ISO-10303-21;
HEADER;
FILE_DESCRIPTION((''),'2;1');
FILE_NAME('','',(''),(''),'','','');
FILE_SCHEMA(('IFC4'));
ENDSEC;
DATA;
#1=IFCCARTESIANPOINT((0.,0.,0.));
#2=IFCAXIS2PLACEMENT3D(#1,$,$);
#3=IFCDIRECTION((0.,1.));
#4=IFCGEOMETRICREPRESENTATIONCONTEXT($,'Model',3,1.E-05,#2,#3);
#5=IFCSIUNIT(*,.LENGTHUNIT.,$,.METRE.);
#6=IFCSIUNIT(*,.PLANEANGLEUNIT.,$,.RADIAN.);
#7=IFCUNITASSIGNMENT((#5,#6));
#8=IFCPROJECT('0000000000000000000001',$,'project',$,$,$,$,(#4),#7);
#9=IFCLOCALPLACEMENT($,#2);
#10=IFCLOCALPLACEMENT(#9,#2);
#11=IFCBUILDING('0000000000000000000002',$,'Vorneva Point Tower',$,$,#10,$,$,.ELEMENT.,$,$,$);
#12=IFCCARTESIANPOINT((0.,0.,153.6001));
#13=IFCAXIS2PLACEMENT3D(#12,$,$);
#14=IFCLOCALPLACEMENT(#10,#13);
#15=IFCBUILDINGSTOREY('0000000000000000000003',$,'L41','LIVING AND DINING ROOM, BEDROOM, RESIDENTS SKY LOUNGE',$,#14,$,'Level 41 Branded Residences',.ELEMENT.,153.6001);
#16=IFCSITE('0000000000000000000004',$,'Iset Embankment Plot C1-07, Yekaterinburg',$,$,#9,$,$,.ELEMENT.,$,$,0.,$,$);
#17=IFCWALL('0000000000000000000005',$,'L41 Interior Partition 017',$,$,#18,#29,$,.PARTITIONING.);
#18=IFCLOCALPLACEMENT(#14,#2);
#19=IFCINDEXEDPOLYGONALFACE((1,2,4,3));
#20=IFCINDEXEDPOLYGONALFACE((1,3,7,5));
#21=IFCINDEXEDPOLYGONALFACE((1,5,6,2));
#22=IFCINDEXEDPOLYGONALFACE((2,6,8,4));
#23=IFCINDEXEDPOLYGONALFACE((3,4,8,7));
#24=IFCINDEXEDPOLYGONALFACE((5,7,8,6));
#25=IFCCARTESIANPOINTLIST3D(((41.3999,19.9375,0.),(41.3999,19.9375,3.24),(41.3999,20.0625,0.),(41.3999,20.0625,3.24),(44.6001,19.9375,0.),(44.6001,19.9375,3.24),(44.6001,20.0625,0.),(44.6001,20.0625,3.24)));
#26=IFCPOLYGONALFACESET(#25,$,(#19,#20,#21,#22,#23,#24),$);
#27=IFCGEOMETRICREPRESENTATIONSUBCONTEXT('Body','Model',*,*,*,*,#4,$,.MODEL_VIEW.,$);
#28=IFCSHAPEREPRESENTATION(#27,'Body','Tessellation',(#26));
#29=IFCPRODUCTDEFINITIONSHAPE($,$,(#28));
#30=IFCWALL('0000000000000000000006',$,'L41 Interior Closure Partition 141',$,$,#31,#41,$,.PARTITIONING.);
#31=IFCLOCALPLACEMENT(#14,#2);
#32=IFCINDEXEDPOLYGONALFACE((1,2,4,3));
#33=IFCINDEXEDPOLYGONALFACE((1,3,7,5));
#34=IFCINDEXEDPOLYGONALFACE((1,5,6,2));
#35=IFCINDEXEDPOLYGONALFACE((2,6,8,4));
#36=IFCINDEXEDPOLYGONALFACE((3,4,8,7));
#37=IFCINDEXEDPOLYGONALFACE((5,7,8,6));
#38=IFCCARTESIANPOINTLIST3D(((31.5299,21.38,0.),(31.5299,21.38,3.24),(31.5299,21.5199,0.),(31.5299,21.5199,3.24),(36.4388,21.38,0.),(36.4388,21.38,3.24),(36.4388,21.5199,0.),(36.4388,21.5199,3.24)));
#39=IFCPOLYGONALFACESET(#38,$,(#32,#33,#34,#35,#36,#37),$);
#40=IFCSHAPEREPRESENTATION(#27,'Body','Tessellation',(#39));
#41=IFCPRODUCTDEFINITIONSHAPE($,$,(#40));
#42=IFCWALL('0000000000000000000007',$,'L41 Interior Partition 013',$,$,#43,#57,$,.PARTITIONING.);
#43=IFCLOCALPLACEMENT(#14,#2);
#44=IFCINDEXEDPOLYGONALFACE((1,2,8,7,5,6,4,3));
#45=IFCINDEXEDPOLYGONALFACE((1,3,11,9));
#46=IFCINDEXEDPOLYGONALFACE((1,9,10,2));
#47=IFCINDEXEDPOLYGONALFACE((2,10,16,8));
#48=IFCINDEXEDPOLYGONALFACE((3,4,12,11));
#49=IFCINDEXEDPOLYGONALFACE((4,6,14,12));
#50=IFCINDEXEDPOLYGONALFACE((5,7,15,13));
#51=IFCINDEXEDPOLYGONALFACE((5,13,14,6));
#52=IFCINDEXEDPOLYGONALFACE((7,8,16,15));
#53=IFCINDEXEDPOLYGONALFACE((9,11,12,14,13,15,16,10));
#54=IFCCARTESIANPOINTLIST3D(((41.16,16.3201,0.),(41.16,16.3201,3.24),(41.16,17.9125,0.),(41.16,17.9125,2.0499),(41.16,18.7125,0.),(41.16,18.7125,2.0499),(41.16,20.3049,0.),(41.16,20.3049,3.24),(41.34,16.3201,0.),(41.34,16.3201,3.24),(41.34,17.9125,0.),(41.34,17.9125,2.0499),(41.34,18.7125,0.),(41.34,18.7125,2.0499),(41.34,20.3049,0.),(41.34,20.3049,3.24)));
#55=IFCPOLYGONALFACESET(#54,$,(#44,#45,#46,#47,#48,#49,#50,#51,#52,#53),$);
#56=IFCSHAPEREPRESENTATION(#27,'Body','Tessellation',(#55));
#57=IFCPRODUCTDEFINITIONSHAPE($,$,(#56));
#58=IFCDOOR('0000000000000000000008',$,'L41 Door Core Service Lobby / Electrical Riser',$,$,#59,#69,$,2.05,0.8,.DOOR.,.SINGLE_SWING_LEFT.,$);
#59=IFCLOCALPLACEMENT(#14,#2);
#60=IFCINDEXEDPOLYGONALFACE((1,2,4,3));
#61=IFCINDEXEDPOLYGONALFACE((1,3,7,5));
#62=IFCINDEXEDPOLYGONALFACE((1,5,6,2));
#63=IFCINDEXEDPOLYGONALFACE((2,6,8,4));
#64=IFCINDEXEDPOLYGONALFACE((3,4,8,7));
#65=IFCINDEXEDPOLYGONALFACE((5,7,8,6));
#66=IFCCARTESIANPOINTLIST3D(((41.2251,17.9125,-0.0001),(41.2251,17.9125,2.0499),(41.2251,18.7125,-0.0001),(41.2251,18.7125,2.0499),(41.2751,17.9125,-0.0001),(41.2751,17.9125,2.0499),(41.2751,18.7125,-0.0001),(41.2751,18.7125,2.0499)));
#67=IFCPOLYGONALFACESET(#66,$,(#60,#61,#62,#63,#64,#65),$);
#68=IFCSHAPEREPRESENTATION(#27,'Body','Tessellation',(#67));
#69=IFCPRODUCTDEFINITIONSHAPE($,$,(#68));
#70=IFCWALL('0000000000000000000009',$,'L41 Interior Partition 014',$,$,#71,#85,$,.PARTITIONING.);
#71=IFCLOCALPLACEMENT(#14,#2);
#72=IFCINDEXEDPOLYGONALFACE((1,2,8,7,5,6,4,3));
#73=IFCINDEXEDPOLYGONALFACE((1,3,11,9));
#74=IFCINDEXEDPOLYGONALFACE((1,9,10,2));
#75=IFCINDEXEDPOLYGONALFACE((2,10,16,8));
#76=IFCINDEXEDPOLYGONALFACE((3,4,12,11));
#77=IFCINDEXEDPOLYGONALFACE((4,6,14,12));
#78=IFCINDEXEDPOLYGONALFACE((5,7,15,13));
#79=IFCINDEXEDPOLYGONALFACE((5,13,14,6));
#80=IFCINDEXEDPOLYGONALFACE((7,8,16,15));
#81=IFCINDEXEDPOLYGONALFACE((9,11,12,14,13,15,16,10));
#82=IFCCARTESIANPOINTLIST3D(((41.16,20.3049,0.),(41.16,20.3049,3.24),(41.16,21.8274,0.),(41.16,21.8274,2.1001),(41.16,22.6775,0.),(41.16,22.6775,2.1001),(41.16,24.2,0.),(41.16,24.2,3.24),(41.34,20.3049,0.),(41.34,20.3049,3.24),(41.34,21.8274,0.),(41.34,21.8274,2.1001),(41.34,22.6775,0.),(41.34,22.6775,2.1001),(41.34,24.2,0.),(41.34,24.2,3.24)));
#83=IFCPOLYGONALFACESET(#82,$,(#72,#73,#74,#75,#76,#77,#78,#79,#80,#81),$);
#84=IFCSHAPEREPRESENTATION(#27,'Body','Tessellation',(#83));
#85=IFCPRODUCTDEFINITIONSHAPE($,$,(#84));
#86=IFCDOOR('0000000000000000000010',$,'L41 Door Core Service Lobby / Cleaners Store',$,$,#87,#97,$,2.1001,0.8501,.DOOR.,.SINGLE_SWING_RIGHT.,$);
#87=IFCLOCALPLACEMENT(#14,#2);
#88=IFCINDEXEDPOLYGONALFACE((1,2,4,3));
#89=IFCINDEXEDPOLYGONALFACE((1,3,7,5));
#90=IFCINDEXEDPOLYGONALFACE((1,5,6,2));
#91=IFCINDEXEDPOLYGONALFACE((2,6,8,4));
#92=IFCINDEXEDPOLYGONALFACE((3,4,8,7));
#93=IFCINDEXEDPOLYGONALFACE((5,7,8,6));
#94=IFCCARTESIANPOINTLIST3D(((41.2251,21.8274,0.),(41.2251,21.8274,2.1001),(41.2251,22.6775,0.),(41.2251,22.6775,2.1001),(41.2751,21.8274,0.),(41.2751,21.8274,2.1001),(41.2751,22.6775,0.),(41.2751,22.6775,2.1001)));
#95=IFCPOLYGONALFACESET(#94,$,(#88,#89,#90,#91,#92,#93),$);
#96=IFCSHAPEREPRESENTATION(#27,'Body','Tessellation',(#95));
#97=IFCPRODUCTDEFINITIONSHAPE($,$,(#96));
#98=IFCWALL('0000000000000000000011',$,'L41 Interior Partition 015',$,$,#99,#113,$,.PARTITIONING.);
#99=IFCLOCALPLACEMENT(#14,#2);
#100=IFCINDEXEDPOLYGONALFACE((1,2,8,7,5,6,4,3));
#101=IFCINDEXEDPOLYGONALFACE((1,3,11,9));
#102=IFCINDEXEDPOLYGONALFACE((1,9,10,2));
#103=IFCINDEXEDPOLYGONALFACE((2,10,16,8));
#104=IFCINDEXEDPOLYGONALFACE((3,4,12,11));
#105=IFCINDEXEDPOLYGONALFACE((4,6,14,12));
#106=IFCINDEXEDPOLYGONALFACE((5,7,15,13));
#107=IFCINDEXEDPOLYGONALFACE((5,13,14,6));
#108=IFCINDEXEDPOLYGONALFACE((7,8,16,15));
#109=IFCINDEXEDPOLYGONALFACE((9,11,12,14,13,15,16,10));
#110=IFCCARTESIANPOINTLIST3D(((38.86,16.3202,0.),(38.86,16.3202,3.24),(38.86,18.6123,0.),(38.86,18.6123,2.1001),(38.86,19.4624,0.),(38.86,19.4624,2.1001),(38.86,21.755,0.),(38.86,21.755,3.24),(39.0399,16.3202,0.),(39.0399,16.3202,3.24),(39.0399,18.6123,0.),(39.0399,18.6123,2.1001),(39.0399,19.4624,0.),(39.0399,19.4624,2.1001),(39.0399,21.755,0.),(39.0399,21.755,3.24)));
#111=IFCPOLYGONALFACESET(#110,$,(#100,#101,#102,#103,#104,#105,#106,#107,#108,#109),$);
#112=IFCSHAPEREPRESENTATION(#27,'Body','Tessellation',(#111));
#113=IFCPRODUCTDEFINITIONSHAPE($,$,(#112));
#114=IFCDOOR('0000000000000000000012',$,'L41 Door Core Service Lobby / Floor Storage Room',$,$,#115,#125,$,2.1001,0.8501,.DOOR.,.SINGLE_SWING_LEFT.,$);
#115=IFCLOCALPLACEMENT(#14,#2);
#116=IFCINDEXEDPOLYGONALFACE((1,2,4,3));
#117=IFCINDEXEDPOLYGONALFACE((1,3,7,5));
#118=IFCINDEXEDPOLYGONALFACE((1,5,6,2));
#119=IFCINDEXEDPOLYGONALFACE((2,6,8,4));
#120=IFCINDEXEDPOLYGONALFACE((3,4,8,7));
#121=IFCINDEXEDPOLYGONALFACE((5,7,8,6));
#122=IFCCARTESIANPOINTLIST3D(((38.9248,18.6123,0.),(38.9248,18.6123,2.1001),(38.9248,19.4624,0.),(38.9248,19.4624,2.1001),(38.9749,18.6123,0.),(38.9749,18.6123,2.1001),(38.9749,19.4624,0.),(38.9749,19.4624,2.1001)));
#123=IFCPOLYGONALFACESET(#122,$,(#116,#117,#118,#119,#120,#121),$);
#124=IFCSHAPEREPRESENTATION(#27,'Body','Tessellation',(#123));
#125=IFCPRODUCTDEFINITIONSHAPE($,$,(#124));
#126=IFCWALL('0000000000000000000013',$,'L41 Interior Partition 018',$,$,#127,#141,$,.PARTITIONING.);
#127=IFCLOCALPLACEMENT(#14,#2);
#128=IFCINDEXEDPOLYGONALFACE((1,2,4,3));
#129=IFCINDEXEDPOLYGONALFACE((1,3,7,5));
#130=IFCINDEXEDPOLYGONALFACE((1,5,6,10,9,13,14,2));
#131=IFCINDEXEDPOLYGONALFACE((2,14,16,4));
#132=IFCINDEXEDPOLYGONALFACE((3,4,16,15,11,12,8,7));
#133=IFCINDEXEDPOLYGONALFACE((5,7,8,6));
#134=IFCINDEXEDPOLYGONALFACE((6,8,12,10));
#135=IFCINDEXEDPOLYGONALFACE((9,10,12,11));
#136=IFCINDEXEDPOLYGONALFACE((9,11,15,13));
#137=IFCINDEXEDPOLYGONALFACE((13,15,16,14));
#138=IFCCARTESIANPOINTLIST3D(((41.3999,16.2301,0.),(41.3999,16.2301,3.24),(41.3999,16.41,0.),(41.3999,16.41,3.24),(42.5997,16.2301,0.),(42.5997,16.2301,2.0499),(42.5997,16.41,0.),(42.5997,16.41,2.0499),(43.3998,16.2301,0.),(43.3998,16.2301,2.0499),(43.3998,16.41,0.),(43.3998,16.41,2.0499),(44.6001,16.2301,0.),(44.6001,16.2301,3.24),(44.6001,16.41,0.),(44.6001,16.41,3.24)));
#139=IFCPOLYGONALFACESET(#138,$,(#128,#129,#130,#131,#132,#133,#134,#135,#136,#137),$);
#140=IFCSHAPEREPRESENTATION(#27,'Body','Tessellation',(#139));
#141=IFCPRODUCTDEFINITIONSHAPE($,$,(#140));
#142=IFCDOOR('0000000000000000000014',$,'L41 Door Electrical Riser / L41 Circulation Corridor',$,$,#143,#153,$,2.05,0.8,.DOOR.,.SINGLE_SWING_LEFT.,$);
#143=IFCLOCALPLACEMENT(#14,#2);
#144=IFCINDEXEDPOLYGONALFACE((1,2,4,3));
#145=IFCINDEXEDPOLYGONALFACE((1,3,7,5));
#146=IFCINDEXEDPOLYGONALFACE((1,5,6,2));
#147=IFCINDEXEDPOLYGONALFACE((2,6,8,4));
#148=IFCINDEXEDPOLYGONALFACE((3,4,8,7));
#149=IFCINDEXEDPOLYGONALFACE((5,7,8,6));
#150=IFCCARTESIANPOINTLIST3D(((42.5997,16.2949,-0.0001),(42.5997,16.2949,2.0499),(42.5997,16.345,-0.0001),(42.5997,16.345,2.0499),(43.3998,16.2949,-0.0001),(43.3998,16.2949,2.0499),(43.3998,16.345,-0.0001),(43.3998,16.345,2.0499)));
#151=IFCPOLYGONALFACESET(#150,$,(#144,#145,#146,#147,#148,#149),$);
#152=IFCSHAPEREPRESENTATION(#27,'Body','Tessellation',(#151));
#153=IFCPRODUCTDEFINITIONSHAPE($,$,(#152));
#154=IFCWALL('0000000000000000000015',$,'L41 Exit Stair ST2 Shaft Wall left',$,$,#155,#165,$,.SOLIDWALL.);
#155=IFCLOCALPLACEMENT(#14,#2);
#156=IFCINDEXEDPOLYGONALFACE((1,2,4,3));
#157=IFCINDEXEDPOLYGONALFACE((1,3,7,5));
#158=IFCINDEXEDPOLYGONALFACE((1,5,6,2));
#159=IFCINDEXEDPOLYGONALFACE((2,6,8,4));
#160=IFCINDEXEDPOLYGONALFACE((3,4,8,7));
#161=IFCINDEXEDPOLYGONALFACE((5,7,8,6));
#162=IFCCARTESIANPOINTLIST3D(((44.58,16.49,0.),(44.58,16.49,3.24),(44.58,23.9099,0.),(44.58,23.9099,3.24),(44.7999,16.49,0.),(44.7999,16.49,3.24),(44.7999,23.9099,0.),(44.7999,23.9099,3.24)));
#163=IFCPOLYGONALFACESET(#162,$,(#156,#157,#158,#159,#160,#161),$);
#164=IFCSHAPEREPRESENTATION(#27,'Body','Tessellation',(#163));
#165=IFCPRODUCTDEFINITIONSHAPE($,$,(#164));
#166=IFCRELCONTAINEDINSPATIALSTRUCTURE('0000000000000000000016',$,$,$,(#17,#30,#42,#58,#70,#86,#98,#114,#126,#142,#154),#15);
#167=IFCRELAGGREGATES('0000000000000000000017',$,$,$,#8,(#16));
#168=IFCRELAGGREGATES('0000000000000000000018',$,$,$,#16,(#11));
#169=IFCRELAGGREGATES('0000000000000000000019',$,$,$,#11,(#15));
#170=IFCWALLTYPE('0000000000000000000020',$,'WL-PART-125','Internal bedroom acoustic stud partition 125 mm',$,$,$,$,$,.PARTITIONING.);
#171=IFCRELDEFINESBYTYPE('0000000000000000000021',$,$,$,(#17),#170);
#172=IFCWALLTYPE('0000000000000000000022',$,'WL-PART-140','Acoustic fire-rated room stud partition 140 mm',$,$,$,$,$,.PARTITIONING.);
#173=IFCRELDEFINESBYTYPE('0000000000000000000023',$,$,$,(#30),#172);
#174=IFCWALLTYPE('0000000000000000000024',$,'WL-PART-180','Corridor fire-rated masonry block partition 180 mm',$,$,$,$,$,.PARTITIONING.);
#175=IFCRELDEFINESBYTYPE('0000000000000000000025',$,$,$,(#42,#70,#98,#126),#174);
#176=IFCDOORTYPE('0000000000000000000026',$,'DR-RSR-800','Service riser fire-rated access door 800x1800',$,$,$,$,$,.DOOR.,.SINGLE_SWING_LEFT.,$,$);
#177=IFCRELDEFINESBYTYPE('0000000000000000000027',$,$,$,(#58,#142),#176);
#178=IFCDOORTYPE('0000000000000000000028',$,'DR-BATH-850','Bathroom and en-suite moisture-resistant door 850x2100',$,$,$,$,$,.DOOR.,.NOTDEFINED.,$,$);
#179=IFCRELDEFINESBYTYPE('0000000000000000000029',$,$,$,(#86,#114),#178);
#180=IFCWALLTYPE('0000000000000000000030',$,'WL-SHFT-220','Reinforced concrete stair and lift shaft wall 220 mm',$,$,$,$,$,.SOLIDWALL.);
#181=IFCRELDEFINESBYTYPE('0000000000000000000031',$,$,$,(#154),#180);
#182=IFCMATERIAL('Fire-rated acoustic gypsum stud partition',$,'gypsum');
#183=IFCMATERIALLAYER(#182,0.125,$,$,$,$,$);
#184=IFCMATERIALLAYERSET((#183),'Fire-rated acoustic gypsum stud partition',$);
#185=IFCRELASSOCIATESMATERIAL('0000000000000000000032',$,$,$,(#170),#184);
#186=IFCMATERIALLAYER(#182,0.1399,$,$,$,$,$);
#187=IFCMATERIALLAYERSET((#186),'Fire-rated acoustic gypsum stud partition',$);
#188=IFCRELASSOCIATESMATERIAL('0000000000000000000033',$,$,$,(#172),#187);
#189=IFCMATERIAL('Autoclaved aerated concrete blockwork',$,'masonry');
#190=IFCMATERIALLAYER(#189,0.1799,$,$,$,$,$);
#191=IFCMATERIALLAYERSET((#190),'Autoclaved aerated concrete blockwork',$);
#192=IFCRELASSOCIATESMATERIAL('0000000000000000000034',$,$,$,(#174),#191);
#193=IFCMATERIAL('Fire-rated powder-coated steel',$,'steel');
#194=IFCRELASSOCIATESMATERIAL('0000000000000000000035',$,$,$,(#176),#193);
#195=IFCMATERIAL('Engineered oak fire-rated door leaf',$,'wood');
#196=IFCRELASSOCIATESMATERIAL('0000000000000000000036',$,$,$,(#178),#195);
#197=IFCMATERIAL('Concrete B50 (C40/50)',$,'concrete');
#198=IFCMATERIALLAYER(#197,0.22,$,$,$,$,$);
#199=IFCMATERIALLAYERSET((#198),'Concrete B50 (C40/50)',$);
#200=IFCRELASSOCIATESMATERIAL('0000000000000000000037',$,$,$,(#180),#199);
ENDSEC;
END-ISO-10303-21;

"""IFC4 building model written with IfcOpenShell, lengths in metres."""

from ifc_helpers import new_model, si_unit, direction, frame, frame_2d, origin, place, context, subcontext, project, spatial, rectangle, extrude, material, layer, layer_set, type_object, element, fill, save


model = new_model("IFC4")

# Units and contexts
model_context = context("Model", 3, precision=1e-05, world=origin(), true_north=direction((0.0, 1.0)))
body_context = subcontext(model_context, "Body", "Model", "MODEL_VIEW")
ifc_project = project(units=[si_unit("LENGTHUNIT", "METRE"), si_unit("PLANEANGLEUNIT", "RADIAN")], contexts=[model_context])

# Site, building, storey
site_placement = place(None, origin())
site = spatial("IfcSite", under=ifc_project, at=site_placement, Name="Iset Embankment Plot C1-07, Yekaterinburg", CompositionType="ELEMENT", RefElevation=0.0)
building_placement = place(site_placement, origin())
building = spatial("IfcBuilding", under=site, at=building_placement, Name="Vorneva Point Tower", CompositionType="ELEMENT")
storey_placement = place(building_placement, frame((0.0, 0.0, 153.6001)))
storey = spatial("IfcBuildingStorey", under=building, at=storey_placement, Name="L41", Description="LIVING AND DINING ROOM, BEDROOM, RESIDENTS SKY LOUNGE", LongName="Level 41 Branded Residences", CompositionType="ELEMENT", Elevation=153.6001)

# Walls
ifc_material_1 = material(Name="Fire-rated acoustic gypsum stud partition", Category="gypsum")
ifc_layer_1 = layer(ifc_material_1, 0.125)
ifc_layer_set_1 = layer_set([ifc_layer_1], Name="Fire-rated acoustic gypsum stud partition")
wall_type_1 = type_object("IfcWallType", Name="WL-PART-125", Description="Internal bedroom acoustic stud partition 125 mm", PredefinedType="PARTITIONING", material=ifc_layer_set_1)
wall_1_placement = place(storey_placement, frame((44.6001, 20.0, 0.0), z_axis=(0.0, 0.0, 1.0), x_axis=(-1.0, 0.0, 0.0)))
element("IfcWall", 1, at=wall_1_placement, inside=storey, type_object=wall_type_1, Name="L41 Interior Partition 017", PredefinedType="PARTITIONING", context=body_context, shape_type="SweptSolid", body=[
    extrude(rectangle(XDim=3.2002, YDim=0.125, at=frame_2d((1.6001, 0.0))), origin(), (0.0, 0.0, 1.0), 3.24),
])
ifc_layer_2 = layer(ifc_material_1, 0.1399)
ifc_layer_set_2 = layer_set([ifc_layer_2], Name="Fire-rated acoustic gypsum stud partition")
wall_type_2 = type_object("IfcWallType", Name="WL-PART-140", Description="Acoustic fire-rated room stud partition 140 mm", PredefinedType="PARTITIONING", material=ifc_layer_set_2)
wall_2_placement = place(storey_placement, frame((36.439, 21.45, 0.0), z_axis=(0.0, 0.0, 1.0), x_axis=(-1.0, 0.0, 0.0)))
element("IfcWall", 2, at=wall_2_placement, inside=storey, type_object=wall_type_2, Name="L41 Interior Closure Partition 141", PredefinedType="PARTITIONING", context=body_context, shape_type="SweptSolid", body=[
    extrude(rectangle(XDim=4.9089, YDim=0.1399, at=frame_2d((2.4546, 0.0))), origin(), (0.0, 0.0, 1.0), 3.24),
])

# Walls, openings, doors
ifc_material_2 = material(Name="Autoclaved aerated concrete blockwork", Category="masonry")
ifc_layer_3 = layer(ifc_material_2, 0.1799)
ifc_layer_set_3 = layer_set([ifc_layer_3], Name="Autoclaved aerated concrete blockwork")
wall_type_3 = type_object("IfcWallType", Name="WL-PART-180", Description="Corridor fire-rated masonry block partition 180 mm", PredefinedType="PARTITIONING", material=ifc_layer_set_3)
wall_3_placement = place(storey_placement, frame((41.25, 16.3201, 0.0), z_axis=(0.0, 0.0, 1.0), x_axis=(0.0, 1.0, 0.0)))
wall_3 = element("IfcWall", 3, at=wall_3_placement, inside=storey, type_object=wall_type_3, Name="L41 Interior Partition 013", PredefinedType="PARTITIONING", context=body_context, shape_type="SweptSolid", body=[
    extrude(rectangle(XDim=3.9849, YDim=0.1799, at=frame_2d((1.9924, 0.0))), origin(), (0.0, 0.0, 1.0), 3.24),
])
opening_1_placement = place(wall_3_placement, frame((1.5925, 0.0, 0.0)))
opening_1 = element("IfcOpeningElement", 4, at=opening_1_placement, cuts=wall_3, PredefinedType="OPENING", context=body_context, shape_type="SweptSolid", body=[
    extrude(rectangle(XDim=0.8, YDim=2.05, at=frame_2d((0.3999, 1.0249))), frame((0.0, 0.105, 0.0), z_axis=(0.0, -1.0, 0.0), x_axis=(1.0, 0.0, 0.0)), (0.0, 0.0, 1.0), 0.2097),
])
ifc_material_3 = material(Name="Fire-rated powder-coated steel", Category="steel")
door_type_1 = type_object("IfcDoorType", Name="DR-RSR-800", Description="Service riser fire-rated access door 800x1800", OperationType="SINGLE_SWING_LEFT", PredefinedType="DOOR", material=ifc_material_3)
door_1_placement = place(opening_1_placement, origin())
door_1 = element("IfcDoor", 5, at=door_1_placement, inside=storey, type_object=door_type_1, Name="L41 Door Core Service Lobby / Electrical Riser", OperationType="SINGLE_SWING_LEFT", OverallHeight=2.05, OverallWidth=0.8, PredefinedType="DOOR", context=body_context, shape_type="SweptSolid", body=[
    extrude(rectangle(XDim=0.8, YDim=2.05, at=frame_2d((0.3999, 1.0249))), frame((0.0, 0.0249, 0.0), z_axis=(0.0, -1.0, 0.0), x_axis=(1.0, 0.0, 0.0)), (0.0, 0.0, 1.0), 0.05),
])
fill(opening_1, door_1)
wall_4_placement = place(storey_placement, frame((41.25, 20.3049, 0.0), z_axis=(0.0, 0.0, 1.0), x_axis=(0.0, 1.0, 0.0)))
wall_4 = element("IfcWall", 6, at=wall_4_placement, inside=storey, type_object=wall_type_3, Name="L41 Interior Partition 014", PredefinedType="PARTITIONING", context=body_context, shape_type="SweptSolid", body=[
    extrude(rectangle(XDim=3.895, YDim=0.1799, at=frame_2d((1.9475, 0.0))), origin(), (0.0, 0.0, 1.0), 3.24),
])
opening_2_placement = place(wall_4_placement, frame((1.5225, 0.0, 0.0)))
opening_2 = element("IfcOpeningElement", 7, at=opening_2_placement, cuts=wall_4, PredefinedType="OPENING", context=body_context, shape_type="SweptSolid", body=[
    extrude(rectangle(XDim=0.8501, YDim=2.1001, at=frame_2d((0.425, 1.05))), frame((0.0, 0.105, 0.0), z_axis=(0.0, -1.0, 0.0), x_axis=(1.0, 0.0, 0.0)), (0.0, 0.0, 1.0), 0.2097),
])
ifc_material_4 = material(Name="Engineered oak fire-rated door leaf", Category="wood")
door_type_2 = type_object("IfcDoorType", Name="DR-BATH-850", Description="Bathroom and en-suite moisture-resistant door 850x2100", OperationType="NOTDEFINED", PredefinedType="DOOR", material=ifc_material_4)
door_2_placement = place(opening_2_placement, origin())
door_2 = element("IfcDoor", 8, at=door_2_placement, inside=storey, type_object=door_type_2, Name="L41 Door Core Service Lobby / Cleaners Store", OperationType="SINGLE_SWING_RIGHT", OverallHeight=2.1001, OverallWidth=0.8501, PredefinedType="DOOR", context=body_context, shape_type="SweptSolid", body=[
    extrude(rectangle(XDim=0.8501, YDim=2.1001, at=frame_2d((0.425, 1.05))), frame((0.0, 0.0249, 0.0), z_axis=(0.0, -1.0, 0.0), x_axis=(1.0, 0.0, 0.0)), (0.0, 0.0, 1.0), 0.05),
])
fill(opening_2, door_2)
wall_5_placement = place(storey_placement, frame((38.95, 21.7549, 0.0), z_axis=(0.0, 0.0, 1.0), x_axis=(0.0, -1.0, 0.0)))
wall_5 = element("IfcWall", 9, at=wall_5_placement, inside=storey, type_object=wall_type_3, Name="L41 Interior Partition 015", PredefinedType="PARTITIONING", context=body_context, shape_type="SweptSolid", body=[
    extrude(rectangle(XDim=5.4348, YDim=0.1799, at=frame_2d((2.7173, 0.0))), origin(), (0.0, 0.0, 1.0), 3.24),
])
opening_3_placement = place(wall_5_placement, frame((2.2925, 0.0, 0.0)))
opening_3 = element("IfcOpeningElement", 10, at=opening_3_placement, cuts=wall_5, PredefinedType="OPENING", context=body_context, shape_type="SweptSolid", body=[
    extrude(rectangle(XDim=0.8501, YDim=2.1001, at=frame_2d((0.425, 1.05))), frame((0.0, 0.105, 0.0), z_axis=(0.0, -1.0, 0.0), x_axis=(1.0, 0.0, 0.0)), (0.0, 0.0, 1.0), 0.2097),
])
door_3_placement = place(opening_3_placement, origin())
door_3 = element("IfcDoor", 11, at=door_3_placement, inside=storey, type_object=door_type_2, Name="L41 Door Core Service Lobby / Floor Storage Room", OperationType="SINGLE_SWING_LEFT", OverallHeight=2.1001, OverallWidth=0.8501, PredefinedType="DOOR", context=body_context, shape_type="SweptSolid", body=[
    extrude(rectangle(XDim=0.8501, YDim=2.1001, at=frame_2d((0.425, 1.05))), frame((0.0, 0.0249, 0.0), z_axis=(0.0, -1.0, 0.0), x_axis=(1.0, 0.0, 0.0)), (0.0, 0.0, 1.0), 0.05),
])
fill(opening_3, door_3)
wall_6_placement = place(storey_placement, frame((41.3999, 16.3201, 0.0), z_axis=(0.0, 0.0, 1.0), x_axis=(1.0, 0.0, 0.0)))
wall_6 = element("IfcWall", 12, at=wall_6_placement, inside=storey, type_object=wall_type_3, Name="L41 Interior Partition 018", PredefinedType="PARTITIONING", context=body_context, shape_type="SweptSolid", body=[
    extrude(rectangle(XDim=3.2002, YDim=0.1799, at=frame_2d((1.6001, 0.0))), origin(), (0.0, 0.0, 1.0), 3.24),
])
opening_4_placement = place(wall_6_placement, frame((1.2, 0.0, 0.0)))
opening_4 = element("IfcOpeningElement", 13, at=opening_4_placement, cuts=wall_6, PredefinedType="OPENING", context=body_context, shape_type="SweptSolid", body=[
    extrude(rectangle(XDim=0.8, YDim=2.05, at=frame_2d((0.3999, 1.0249))), frame((0.0, 0.105, 0.0), z_axis=(0.0, -1.0, 0.0), x_axis=(1.0, 0.0, 0.0)), (0.0, 0.0, 1.0), 0.2097),
])
door_4_placement = place(opening_4_placement, origin())
door_4 = element("IfcDoor", 14, at=door_4_placement, inside=storey, type_object=door_type_1, Name="L41 Door Electrical Riser / L41 Circulation Corridor", OperationType="SINGLE_SWING_LEFT", OverallHeight=2.05, OverallWidth=0.8, PredefinedType="DOOR", context=body_context, shape_type="SweptSolid", body=[
    extrude(rectangle(XDim=0.8, YDim=2.05, at=frame_2d((0.3999, 1.0249))), frame((0.0, 0.0249, 0.0), z_axis=(0.0, -1.0, 0.0), x_axis=(1.0, 0.0, 0.0)), (0.0, 0.0, 1.0), 0.05),
])
fill(opening_4, door_4)

# Wall
ifc_material_5 = material(Name="Concrete B50 (C40/50)", Category="concrete")
ifc_layer_4 = layer(ifc_material_5, 0.22)
ifc_layer_set_4 = layer_set([ifc_layer_4], Name="Concrete B50 (C40/50)")
wall_type_4 = type_object("IfcWallType", Name="WL-SHFT-220", Description="Reinforced concrete stair and lift shaft wall 220 mm", PredefinedType="SOLIDWALL", material=ifc_layer_set_4)
wall_7_placement = place(storey_placement, frame((44.6899, 16.49, 0.0), z_axis=(0.0, 0.0, 1.0), x_axis=(0.0, 1.0, 0.0)))
element("IfcWall", 15, at=wall_7_placement, inside=storey, type_object=wall_type_4, Name="L41 Exit Stair ST2 Shaft Wall left", PredefinedType="SOLIDWALL", context=body_context, shape_type="SweptSolid", body=[
    extrude(rectangle(XDim=7.4199, YDim=0.22, at=frame_2d((3.71, 0.0))), origin(), (0.0, 0.0, 1.0), 3.24),
])

save(model, "model.ifc")
